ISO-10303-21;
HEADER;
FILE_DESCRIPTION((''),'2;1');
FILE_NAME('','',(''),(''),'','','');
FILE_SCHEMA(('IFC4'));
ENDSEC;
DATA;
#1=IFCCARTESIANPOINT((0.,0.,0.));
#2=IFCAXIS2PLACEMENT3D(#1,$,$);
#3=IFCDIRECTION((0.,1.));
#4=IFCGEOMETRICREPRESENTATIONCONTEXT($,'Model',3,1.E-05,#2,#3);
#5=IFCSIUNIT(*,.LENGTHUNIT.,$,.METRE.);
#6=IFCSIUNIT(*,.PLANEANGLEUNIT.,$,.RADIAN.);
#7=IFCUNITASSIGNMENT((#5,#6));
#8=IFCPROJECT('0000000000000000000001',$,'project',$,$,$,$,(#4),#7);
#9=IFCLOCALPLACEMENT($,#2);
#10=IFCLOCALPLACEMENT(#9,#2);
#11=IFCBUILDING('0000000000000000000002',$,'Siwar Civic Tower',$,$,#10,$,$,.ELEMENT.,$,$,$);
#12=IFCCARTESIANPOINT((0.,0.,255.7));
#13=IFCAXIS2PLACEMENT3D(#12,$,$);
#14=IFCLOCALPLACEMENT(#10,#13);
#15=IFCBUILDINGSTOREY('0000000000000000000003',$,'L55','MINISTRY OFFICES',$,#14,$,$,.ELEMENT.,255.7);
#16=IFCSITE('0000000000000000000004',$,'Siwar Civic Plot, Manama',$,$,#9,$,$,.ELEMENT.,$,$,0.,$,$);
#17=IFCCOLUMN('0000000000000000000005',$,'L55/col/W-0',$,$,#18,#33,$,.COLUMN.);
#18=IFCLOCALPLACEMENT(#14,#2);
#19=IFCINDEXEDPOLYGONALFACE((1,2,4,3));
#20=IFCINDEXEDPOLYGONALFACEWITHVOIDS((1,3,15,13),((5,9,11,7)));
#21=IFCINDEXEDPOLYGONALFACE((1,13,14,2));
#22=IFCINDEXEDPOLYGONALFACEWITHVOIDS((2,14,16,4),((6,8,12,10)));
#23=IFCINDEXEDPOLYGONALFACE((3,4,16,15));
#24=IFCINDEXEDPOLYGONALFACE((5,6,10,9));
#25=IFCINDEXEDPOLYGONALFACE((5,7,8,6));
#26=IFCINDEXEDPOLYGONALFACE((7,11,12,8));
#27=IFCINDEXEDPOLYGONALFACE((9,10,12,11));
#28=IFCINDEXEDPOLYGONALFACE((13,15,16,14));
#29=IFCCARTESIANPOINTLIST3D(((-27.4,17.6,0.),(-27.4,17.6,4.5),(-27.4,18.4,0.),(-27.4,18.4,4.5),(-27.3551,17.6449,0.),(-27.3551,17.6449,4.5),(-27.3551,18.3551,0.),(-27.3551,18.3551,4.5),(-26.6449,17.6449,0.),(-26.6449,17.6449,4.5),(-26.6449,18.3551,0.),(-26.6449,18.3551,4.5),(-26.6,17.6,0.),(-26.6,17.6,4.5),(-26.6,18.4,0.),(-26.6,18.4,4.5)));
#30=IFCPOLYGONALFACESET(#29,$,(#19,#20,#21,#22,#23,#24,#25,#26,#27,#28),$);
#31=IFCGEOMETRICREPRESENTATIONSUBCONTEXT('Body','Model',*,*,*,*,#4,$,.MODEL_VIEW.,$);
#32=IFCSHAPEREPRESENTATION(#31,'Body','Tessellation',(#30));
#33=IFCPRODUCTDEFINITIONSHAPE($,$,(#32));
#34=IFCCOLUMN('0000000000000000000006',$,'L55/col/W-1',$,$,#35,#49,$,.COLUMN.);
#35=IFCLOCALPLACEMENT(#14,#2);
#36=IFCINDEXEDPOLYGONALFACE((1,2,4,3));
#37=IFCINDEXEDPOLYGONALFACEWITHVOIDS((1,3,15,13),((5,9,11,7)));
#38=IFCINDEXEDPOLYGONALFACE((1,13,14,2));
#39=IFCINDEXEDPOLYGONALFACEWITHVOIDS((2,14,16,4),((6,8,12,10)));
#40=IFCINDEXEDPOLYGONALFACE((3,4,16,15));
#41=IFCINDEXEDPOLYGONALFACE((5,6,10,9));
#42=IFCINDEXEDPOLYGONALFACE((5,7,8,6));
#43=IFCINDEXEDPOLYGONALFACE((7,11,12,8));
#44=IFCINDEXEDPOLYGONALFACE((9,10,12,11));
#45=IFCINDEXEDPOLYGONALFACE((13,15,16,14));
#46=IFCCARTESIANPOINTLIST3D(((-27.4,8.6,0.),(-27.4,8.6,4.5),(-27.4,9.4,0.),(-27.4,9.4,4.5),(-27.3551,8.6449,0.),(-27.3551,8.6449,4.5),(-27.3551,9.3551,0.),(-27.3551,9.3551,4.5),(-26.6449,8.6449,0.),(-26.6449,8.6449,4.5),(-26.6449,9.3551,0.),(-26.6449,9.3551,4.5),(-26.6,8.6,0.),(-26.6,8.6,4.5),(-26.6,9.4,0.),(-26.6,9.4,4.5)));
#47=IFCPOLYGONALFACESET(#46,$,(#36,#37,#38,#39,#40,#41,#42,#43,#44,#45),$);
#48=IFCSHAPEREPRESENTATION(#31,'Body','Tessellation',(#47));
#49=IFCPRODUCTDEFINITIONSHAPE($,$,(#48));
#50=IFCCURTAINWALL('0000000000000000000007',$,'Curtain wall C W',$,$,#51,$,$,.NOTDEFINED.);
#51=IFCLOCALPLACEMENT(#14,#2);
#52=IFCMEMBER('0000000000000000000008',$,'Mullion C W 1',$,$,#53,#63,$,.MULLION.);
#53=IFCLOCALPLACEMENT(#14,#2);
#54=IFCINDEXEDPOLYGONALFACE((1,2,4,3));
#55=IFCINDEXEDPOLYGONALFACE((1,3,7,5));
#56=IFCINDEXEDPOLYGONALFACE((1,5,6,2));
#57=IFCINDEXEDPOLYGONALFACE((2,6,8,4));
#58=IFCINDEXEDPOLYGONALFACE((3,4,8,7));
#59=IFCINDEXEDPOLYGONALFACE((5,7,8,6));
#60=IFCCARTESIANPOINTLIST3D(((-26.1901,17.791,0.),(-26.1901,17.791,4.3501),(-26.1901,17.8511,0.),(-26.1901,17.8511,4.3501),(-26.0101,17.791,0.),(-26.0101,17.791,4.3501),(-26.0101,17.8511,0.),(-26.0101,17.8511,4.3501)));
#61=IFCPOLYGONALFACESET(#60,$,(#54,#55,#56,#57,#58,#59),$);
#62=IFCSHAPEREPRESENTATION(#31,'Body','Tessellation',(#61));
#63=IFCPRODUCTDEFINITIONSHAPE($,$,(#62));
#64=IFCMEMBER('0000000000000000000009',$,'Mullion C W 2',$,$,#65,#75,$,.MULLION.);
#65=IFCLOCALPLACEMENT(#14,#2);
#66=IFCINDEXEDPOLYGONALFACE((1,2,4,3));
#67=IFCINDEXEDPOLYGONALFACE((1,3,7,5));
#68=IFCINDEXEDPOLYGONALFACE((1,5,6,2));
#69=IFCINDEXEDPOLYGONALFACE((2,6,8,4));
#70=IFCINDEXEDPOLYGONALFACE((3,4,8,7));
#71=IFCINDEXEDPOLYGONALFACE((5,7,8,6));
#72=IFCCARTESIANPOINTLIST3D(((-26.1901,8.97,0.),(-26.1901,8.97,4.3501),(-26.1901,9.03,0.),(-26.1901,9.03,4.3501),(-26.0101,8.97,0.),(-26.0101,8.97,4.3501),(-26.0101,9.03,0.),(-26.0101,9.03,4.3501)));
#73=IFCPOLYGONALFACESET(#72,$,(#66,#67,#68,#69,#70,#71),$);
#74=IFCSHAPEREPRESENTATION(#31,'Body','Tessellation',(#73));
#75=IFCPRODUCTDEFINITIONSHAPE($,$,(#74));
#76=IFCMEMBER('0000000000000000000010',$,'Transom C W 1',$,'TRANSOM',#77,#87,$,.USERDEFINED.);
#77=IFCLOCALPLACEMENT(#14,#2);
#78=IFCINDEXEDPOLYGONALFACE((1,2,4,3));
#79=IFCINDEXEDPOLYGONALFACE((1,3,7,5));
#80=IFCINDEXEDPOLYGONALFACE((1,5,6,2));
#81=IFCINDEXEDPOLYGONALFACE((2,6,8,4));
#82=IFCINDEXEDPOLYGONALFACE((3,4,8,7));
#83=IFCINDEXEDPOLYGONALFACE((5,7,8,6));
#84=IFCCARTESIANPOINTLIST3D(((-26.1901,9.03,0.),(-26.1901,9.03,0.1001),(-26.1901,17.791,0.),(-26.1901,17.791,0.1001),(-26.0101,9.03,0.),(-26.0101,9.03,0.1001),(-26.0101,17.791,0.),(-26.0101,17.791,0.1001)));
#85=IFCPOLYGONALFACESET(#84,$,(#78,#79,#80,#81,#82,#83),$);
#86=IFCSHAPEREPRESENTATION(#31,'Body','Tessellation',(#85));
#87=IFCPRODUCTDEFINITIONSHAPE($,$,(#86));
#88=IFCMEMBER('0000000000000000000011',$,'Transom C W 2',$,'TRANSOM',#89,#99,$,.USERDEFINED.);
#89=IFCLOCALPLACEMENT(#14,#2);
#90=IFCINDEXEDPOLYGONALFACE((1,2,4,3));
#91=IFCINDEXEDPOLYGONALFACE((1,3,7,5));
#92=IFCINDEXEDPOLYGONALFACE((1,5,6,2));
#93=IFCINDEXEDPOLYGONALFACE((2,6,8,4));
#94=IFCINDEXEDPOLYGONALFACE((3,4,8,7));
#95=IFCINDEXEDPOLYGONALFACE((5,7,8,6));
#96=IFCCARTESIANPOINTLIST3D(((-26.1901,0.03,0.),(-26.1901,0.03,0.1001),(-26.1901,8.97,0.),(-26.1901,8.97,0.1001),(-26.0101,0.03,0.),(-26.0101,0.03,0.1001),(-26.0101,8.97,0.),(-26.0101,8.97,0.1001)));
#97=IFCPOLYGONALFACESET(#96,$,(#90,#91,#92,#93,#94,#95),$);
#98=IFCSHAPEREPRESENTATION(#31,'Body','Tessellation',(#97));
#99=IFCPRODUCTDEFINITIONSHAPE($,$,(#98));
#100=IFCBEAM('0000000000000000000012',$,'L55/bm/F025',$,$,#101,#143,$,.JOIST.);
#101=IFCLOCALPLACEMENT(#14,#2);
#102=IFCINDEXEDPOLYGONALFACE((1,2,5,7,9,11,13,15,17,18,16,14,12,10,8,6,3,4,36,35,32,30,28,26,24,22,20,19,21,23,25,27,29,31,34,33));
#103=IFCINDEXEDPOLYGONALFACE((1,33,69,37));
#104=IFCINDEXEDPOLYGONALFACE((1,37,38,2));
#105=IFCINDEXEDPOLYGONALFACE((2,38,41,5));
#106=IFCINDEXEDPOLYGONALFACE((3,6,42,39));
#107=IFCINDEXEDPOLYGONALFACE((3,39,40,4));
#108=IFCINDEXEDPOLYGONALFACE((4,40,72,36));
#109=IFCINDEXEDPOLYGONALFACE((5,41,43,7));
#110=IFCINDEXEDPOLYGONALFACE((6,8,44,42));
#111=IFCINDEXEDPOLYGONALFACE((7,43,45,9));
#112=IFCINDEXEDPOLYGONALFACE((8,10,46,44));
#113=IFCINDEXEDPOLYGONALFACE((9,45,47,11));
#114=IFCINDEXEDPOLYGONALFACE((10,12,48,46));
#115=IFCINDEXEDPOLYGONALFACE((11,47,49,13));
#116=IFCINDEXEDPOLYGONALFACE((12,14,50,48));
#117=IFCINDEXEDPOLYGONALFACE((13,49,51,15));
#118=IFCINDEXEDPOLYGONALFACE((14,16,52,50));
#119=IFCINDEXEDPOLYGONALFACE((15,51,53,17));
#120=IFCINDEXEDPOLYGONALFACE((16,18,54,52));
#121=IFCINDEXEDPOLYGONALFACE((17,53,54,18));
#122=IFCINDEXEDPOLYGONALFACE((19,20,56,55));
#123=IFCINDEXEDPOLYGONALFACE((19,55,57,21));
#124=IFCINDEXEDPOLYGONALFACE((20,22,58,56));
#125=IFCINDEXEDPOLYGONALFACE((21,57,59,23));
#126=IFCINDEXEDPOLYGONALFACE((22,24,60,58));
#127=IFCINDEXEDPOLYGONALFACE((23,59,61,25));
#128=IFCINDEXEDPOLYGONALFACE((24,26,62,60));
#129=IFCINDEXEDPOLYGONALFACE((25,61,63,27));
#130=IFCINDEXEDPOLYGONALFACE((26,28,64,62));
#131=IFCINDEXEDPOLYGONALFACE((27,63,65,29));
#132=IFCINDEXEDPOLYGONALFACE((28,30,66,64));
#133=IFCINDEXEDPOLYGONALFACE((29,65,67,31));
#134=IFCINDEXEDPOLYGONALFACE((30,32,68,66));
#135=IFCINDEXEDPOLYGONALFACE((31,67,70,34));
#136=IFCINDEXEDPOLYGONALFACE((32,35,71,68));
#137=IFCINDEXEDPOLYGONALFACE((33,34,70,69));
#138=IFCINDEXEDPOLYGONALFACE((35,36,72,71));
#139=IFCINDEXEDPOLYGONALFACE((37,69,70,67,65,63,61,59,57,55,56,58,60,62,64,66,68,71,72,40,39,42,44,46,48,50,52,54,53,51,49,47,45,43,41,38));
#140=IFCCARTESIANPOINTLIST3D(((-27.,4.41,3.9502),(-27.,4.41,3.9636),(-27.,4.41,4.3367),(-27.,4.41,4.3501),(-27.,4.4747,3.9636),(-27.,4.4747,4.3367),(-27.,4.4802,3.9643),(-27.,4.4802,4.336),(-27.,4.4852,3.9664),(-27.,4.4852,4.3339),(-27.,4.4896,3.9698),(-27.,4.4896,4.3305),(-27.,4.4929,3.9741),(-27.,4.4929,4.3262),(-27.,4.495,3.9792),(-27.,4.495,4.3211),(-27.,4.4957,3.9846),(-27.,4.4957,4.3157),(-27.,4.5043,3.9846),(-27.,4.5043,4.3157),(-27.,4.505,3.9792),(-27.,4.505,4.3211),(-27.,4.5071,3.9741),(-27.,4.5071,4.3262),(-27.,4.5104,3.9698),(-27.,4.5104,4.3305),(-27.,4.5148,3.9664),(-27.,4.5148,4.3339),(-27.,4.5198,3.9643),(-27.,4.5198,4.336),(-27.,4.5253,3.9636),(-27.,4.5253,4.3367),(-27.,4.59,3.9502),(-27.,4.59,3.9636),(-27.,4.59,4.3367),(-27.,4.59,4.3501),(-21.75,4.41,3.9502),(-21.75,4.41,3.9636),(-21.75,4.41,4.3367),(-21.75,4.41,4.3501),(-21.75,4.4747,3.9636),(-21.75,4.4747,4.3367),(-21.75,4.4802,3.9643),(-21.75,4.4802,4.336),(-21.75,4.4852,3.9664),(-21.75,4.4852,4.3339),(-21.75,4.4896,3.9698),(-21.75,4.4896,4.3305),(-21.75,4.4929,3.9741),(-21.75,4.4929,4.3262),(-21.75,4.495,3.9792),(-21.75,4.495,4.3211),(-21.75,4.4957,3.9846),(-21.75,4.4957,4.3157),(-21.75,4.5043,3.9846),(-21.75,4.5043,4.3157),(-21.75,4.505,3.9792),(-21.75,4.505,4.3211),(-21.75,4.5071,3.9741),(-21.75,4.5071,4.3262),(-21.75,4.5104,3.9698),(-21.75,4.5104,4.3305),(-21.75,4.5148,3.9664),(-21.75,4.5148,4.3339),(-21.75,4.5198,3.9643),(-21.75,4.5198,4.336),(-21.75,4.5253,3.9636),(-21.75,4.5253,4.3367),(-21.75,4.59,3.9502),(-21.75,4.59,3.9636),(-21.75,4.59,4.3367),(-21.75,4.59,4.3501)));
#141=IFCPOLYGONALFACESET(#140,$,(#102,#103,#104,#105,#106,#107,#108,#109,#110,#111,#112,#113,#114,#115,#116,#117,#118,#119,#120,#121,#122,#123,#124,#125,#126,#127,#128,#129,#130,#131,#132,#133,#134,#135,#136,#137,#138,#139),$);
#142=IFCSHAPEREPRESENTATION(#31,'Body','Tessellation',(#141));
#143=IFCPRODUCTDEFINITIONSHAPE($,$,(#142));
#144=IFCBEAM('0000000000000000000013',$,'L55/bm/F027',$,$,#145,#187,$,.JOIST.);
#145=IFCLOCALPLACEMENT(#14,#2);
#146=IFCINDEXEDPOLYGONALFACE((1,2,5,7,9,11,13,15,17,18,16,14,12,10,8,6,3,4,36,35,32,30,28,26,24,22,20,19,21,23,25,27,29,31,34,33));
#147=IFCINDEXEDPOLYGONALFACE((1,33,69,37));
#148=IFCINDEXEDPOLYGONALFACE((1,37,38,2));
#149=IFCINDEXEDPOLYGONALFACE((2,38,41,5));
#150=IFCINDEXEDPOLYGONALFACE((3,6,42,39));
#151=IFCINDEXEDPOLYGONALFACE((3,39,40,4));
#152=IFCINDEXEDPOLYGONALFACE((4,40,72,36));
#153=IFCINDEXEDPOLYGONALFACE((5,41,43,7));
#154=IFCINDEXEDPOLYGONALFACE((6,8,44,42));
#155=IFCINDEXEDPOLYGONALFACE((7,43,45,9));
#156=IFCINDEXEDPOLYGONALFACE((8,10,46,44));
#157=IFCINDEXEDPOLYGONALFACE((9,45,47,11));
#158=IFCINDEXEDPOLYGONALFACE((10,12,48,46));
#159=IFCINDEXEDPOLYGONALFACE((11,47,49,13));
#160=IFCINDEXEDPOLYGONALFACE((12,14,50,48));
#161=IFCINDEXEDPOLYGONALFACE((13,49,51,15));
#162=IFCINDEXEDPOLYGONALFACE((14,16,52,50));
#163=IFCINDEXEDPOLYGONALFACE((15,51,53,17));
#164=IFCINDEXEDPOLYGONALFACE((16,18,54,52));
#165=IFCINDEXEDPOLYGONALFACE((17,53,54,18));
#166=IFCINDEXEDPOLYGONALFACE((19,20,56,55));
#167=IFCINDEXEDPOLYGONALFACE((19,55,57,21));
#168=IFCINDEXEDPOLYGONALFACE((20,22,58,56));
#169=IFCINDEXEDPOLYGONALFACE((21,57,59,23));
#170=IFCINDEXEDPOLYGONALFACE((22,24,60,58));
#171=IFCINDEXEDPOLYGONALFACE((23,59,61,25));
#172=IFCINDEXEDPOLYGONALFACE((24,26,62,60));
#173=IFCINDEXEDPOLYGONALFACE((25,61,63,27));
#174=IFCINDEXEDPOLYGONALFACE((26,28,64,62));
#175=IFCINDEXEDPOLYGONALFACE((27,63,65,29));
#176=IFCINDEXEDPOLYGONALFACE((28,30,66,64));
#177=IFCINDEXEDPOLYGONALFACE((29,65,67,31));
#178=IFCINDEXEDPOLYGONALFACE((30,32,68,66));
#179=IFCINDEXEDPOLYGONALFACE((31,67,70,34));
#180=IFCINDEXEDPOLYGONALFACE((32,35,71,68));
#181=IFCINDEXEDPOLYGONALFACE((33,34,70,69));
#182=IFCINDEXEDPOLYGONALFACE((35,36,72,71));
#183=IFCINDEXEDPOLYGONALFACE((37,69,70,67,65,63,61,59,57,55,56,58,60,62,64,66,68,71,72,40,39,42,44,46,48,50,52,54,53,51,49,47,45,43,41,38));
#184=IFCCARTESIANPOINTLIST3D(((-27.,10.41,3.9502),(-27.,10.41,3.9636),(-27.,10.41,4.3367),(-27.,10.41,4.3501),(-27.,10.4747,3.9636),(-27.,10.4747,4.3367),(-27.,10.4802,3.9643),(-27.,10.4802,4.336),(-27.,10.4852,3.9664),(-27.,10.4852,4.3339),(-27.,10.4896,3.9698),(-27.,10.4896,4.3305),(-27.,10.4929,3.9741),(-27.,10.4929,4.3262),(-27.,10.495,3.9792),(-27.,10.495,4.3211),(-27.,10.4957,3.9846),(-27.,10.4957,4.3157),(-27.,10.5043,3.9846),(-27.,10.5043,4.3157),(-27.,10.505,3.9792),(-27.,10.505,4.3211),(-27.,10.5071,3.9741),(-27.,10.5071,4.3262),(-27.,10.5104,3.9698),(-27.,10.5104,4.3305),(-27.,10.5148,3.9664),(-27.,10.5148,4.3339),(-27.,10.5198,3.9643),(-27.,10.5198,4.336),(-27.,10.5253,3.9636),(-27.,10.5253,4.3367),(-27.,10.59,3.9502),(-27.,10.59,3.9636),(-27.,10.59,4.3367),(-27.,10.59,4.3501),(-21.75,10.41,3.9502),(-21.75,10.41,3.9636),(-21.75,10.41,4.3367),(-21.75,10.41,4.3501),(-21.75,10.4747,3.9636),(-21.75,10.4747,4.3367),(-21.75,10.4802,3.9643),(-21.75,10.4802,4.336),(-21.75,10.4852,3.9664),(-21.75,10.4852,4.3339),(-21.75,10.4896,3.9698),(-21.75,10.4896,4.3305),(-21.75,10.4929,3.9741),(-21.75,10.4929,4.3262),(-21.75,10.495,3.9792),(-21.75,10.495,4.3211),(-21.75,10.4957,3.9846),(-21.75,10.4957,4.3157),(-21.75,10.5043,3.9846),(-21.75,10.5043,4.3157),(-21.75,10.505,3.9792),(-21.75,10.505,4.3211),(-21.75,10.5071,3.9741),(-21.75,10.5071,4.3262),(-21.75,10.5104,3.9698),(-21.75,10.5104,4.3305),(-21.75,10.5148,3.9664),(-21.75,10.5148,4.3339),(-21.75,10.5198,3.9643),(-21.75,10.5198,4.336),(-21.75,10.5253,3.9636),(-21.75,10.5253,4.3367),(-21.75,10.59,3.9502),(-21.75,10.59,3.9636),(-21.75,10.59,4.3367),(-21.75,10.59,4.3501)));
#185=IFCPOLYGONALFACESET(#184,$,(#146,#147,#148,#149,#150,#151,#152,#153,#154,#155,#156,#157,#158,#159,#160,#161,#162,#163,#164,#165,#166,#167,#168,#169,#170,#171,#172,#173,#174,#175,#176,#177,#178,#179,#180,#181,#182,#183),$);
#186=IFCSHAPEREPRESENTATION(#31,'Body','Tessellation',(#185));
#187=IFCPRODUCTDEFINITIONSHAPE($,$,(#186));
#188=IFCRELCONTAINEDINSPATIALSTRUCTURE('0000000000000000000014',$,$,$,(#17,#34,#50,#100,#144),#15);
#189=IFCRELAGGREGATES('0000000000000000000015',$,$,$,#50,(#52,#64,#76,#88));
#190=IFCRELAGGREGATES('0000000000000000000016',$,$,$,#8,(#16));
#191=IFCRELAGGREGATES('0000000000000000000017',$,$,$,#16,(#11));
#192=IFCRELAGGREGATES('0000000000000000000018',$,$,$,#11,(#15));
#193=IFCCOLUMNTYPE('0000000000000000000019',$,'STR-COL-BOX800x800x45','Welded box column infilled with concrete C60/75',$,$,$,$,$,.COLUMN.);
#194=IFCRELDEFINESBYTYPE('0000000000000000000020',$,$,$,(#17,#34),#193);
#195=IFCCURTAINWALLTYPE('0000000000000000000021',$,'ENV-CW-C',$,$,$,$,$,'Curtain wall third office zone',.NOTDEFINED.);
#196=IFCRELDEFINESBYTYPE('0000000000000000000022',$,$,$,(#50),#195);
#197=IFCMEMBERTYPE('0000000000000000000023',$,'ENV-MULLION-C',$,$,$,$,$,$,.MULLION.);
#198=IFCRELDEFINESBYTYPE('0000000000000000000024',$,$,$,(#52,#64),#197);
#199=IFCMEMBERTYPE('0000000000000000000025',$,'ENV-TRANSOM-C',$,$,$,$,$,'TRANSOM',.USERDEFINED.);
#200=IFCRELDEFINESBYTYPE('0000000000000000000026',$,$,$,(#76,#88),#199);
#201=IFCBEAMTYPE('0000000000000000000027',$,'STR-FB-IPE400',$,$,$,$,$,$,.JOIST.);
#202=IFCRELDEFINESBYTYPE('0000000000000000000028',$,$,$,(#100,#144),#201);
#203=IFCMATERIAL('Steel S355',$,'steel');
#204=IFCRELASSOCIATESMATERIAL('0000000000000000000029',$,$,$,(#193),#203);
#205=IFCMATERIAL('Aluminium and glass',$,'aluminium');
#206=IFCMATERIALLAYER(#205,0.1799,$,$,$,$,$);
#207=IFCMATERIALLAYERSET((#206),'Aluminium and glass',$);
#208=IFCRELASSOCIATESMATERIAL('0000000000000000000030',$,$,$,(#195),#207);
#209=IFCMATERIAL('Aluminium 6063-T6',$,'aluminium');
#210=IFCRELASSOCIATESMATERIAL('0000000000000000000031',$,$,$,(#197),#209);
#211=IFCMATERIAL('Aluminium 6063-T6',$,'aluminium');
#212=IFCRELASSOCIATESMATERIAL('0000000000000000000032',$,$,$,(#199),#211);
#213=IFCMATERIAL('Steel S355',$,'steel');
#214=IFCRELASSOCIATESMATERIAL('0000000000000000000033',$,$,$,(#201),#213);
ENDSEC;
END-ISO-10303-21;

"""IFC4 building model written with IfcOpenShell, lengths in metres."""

from ifc_helpers import new_model, si_unit, direction, frame, origin, origin_2d, place, context, subcontext, project, spatial, rectangle, hollow_rectangle, i_section, extrude, material, layer, layer_set, material_profile, profile_set, type_object, element, aggregate, save


model = new_model("IFC4")

# Units and contexts
model_context = context("Model", 3, precision=1e-05, world=origin(), true_north=direction((0.0, 1.0)))
body_context = subcontext(model_context, "Body", "Model", "MODEL_VIEW")
ifc_project = project(units=[si_unit("LENGTHUNIT", "METRE"), si_unit("PLANEANGLEUNIT", "RADIAN")], contexts=[model_context])

# Site, building, storey
site_placement = place(None, origin())
site = spatial("IfcSite", under=ifc_project, at=site_placement, Name="Siwar Civic Plot, Manama", CompositionType="ELEMENT", RefElevation=0.0)
building_placement = place(site_placement, origin())
building = spatial("IfcBuilding", under=site, at=building_placement, Name="Siwar Civic Tower", CompositionType="ELEMENT")
storey_placement = place(building_placement, frame((0.0, 0.0, 255.7)))
storey = spatial("IfcBuildingStorey", under=building, at=storey_placement, Name="L55", Description="MINISTRY OFFICES", CompositionType="ELEMENT", Elevation=255.7)

# Columns
ifc_material_1 = material(Name="Steel S355", Category="steel")
ifc_material_profile_1 = material_profile(ifc_material_1, hollow_rectangle(XDim=0.8, YDim=0.8, WallThickness=0.0449, at=origin_2d()), Name="BOX800x800x45")
ifc_profile_set_1 = profile_set([ifc_material_profile_1], Name="Steel S355")
column_type = type_object("IfcColumnType", Name="STR-COL-BOX800x800x45", Description="Welded box column infilled with concrete C60/75", PredefinedType="COLUMN", material=ifc_profile_set_1)
for number, where, z_axis, x_axis, name in (
    (1, (-27.0, 18.0, 0.0), (0.0, 0.0, 1.0), (1.0, 0.0, 0.0), "L55/col/W-0"),
    (2, (-27.0, 9.0, 0.0), (0.0, 0.0, 1.0), (1.0, 0.0, 0.0), "L55/col/W-1"),
):
    element("IfcColumn", number, at=place(storey_placement, frame(where, z_axis=z_axis, x_axis=x_axis)), inside=storey, type_object=column_type, Name=name, PredefinedType="COLUMN", context=body_context, shape_type="SweptSolid", body=[
        extrude(hollow_rectangle(XDim=0.8, YDim=0.8, WallThickness=0.0449, at=origin_2d()), origin(), (0.0, 0.0, 1.0), 4.5),
    ])

# Curtain wall, members
ifc_material_2 = material(Name="Aluminium and glass", Category="aluminium")
ifc_layer_1 = layer(ifc_material_2, 0.1799)
ifc_layer_set_1 = layer_set([ifc_layer_1], Name="Aluminium and glass")
curtain_wall_type = type_object("IfcCurtainWallType", Name="ENV-CW-C", ElementType="Curtain wall third office zone", PredefinedType="NOTDEFINED", material=ifc_layer_set_1)
curtain_wall_placement = place(storey_placement, origin())
curtain_wall = element("IfcCurtainWall", 3, at=curtain_wall_placement, inside=storey, type_object=curtain_wall_type, Name="Curtain wall C W", PredefinedType="NOTDEFINED")
ifc_material_3 = material(Name="Aluminium 6063-T6", Category="aluminium")
ifc_material_profile_2 = material_profile(ifc_material_3, rectangle(XDim=0.1799, YDim=0.0601, at=origin_2d()), Name="AL 180x60")
ifc_profile_set_2 = profile_set([ifc_material_profile_2], Name="Aluminium 6063-T6")
member_type_1 = type_object("IfcMemberType", Name="ENV-MULLION-C", PredefinedType="MULLION", material=ifc_profile_set_2)
member_1_placement = place(storey_placement, frame((-26.1001, 17.821, 0.0), z_axis=(0.0, 0.0, 1.0), x_axis=(1.0, 0.0, 0.0)))
member_1 = element("IfcMember", 4, at=member_1_placement, type_object=member_type_1, Name="Mullion C W 1", PredefinedType="MULLION", context=body_context, shape_type="SweptSolid", body=[
    extrude(rectangle(XDim=0.1799, YDim=0.0601, at=origin_2d()), origin(), (0.0, 0.0, 1.0), 4.3501),
])
member_2_placement = place(storey_placement, frame((-26.1001, 9.0, 0.0), z_axis=(0.0, 0.0, 1.0), x_axis=(1.0, 0.0, 0.0)))
member_2 = element("IfcMember", 5, at=member_2_placement, type_object=member_type_1, Name="Mullion C W 2", PredefinedType="MULLION", context=body_context, shape_type="SweptSolid", body=[
    extrude(rectangle(XDim=0.1799, YDim=0.0601, at=origin_2d()), origin(), (0.0, 0.0, 1.0), 4.3501),
])
ifc_material_4 = material(Name="Aluminium 6063-T6", Category="aluminium")
ifc_material_profile_3 = material_profile(ifc_material_4, rectangle(XDim=0.1799, YDim=0.1001, at=origin_2d()), Name="AL 180x100")
ifc_profile_set_3 = profile_set([ifc_material_profile_3], Name="Aluminium 6063-T6")
member_type_2 = type_object("IfcMemberType", Name="ENV-TRANSOM-C", ElementType="TRANSOM", PredefinedType="USERDEFINED", material=ifc_profile_set_3)
member_3_placement = place(storey_placement, frame((-26.1001, 17.791, 0.05), z_axis=(0.0, -1.0, 0.0), x_axis=(1.0, 0.0, 0.0)))
member_3 = element("IfcMember", 6, at=member_3_placement, type_object=member_type_2, Name="Transom C W 1", ObjectType="TRANSOM", PredefinedType="USERDEFINED", context=body_context, shape_type="SweptSolid", body=[
    extrude(rectangle(XDim=0.1799, YDim=0.1001, at=origin_2d()), origin(), (0.0, 0.0, 1.0), 8.761),
])
member_4_placement = place(storey_placement, frame((-26.1001, 8.97, 0.05), z_axis=(0.0, -1.0, 0.0), x_axis=(1.0, 0.0, 0.0)))
member_4 = element("IfcMember", 7, at=member_4_placement, type_object=member_type_2, Name="Transom C W 2", ObjectType="TRANSOM", PredefinedType="USERDEFINED", context=body_context, shape_type="SweptSolid", body=[
    extrude(rectangle(XDim=0.1799, YDim=0.1001, at=origin_2d()), origin(), (0.0, 0.0, 1.0), 8.9399),
])

# Beams
ifc_material_5 = material(Name="Steel S355", Category="steel")
ifc_material_profile_4 = material_profile(ifc_material_5, i_section(OverallWidth=0.1799, OverallDepth=0.3999, WebThickness=0.0085, FlangeThickness=0.0134, FilletRadius=0.021, at=origin_2d()), Name="IPE400")
ifc_profile_set_4 = profile_set([ifc_material_profile_4], Name="Steel S355")
beam_type_1 = type_object("IfcBeamType", Name="STR-FB-IPE400", PredefinedType="JOIST", material=ifc_profile_set_4)
for number, where, z_axis, x_axis, name in (
    (8, (-27.0, 4.5, 4.1501), (1.0, 0.0, 0.0), (0.0, 1.0, 0.0), "L55/bm/F025"),
    (9, (-27.0, 10.5, 4.1501), (1.0, 0.0, 0.0), (0.0, 1.0, 0.0), "L55/bm/F027"),
):
    element("IfcBeam", number, at=place(storey_placement, frame(where, z_axis=z_axis, x_axis=x_axis)), inside=storey, type_object=beam_type_1, Name=name, PredefinedType="JOIST", context=body_context, shape_type="SweptSolid", body=[
        extrude(i_section(OverallWidth=0.1799, OverallDepth=0.3999, WebThickness=0.0085, FlangeThickness=0.0134, FilletRadius=0.021, at=origin_2d()), origin(), (0.0, 0.0, 1.0), 5.25),
    ])

aggregate(curtain_wall, [member_1, member_2, member_3, member_4])

save(model, "model.ifc")
